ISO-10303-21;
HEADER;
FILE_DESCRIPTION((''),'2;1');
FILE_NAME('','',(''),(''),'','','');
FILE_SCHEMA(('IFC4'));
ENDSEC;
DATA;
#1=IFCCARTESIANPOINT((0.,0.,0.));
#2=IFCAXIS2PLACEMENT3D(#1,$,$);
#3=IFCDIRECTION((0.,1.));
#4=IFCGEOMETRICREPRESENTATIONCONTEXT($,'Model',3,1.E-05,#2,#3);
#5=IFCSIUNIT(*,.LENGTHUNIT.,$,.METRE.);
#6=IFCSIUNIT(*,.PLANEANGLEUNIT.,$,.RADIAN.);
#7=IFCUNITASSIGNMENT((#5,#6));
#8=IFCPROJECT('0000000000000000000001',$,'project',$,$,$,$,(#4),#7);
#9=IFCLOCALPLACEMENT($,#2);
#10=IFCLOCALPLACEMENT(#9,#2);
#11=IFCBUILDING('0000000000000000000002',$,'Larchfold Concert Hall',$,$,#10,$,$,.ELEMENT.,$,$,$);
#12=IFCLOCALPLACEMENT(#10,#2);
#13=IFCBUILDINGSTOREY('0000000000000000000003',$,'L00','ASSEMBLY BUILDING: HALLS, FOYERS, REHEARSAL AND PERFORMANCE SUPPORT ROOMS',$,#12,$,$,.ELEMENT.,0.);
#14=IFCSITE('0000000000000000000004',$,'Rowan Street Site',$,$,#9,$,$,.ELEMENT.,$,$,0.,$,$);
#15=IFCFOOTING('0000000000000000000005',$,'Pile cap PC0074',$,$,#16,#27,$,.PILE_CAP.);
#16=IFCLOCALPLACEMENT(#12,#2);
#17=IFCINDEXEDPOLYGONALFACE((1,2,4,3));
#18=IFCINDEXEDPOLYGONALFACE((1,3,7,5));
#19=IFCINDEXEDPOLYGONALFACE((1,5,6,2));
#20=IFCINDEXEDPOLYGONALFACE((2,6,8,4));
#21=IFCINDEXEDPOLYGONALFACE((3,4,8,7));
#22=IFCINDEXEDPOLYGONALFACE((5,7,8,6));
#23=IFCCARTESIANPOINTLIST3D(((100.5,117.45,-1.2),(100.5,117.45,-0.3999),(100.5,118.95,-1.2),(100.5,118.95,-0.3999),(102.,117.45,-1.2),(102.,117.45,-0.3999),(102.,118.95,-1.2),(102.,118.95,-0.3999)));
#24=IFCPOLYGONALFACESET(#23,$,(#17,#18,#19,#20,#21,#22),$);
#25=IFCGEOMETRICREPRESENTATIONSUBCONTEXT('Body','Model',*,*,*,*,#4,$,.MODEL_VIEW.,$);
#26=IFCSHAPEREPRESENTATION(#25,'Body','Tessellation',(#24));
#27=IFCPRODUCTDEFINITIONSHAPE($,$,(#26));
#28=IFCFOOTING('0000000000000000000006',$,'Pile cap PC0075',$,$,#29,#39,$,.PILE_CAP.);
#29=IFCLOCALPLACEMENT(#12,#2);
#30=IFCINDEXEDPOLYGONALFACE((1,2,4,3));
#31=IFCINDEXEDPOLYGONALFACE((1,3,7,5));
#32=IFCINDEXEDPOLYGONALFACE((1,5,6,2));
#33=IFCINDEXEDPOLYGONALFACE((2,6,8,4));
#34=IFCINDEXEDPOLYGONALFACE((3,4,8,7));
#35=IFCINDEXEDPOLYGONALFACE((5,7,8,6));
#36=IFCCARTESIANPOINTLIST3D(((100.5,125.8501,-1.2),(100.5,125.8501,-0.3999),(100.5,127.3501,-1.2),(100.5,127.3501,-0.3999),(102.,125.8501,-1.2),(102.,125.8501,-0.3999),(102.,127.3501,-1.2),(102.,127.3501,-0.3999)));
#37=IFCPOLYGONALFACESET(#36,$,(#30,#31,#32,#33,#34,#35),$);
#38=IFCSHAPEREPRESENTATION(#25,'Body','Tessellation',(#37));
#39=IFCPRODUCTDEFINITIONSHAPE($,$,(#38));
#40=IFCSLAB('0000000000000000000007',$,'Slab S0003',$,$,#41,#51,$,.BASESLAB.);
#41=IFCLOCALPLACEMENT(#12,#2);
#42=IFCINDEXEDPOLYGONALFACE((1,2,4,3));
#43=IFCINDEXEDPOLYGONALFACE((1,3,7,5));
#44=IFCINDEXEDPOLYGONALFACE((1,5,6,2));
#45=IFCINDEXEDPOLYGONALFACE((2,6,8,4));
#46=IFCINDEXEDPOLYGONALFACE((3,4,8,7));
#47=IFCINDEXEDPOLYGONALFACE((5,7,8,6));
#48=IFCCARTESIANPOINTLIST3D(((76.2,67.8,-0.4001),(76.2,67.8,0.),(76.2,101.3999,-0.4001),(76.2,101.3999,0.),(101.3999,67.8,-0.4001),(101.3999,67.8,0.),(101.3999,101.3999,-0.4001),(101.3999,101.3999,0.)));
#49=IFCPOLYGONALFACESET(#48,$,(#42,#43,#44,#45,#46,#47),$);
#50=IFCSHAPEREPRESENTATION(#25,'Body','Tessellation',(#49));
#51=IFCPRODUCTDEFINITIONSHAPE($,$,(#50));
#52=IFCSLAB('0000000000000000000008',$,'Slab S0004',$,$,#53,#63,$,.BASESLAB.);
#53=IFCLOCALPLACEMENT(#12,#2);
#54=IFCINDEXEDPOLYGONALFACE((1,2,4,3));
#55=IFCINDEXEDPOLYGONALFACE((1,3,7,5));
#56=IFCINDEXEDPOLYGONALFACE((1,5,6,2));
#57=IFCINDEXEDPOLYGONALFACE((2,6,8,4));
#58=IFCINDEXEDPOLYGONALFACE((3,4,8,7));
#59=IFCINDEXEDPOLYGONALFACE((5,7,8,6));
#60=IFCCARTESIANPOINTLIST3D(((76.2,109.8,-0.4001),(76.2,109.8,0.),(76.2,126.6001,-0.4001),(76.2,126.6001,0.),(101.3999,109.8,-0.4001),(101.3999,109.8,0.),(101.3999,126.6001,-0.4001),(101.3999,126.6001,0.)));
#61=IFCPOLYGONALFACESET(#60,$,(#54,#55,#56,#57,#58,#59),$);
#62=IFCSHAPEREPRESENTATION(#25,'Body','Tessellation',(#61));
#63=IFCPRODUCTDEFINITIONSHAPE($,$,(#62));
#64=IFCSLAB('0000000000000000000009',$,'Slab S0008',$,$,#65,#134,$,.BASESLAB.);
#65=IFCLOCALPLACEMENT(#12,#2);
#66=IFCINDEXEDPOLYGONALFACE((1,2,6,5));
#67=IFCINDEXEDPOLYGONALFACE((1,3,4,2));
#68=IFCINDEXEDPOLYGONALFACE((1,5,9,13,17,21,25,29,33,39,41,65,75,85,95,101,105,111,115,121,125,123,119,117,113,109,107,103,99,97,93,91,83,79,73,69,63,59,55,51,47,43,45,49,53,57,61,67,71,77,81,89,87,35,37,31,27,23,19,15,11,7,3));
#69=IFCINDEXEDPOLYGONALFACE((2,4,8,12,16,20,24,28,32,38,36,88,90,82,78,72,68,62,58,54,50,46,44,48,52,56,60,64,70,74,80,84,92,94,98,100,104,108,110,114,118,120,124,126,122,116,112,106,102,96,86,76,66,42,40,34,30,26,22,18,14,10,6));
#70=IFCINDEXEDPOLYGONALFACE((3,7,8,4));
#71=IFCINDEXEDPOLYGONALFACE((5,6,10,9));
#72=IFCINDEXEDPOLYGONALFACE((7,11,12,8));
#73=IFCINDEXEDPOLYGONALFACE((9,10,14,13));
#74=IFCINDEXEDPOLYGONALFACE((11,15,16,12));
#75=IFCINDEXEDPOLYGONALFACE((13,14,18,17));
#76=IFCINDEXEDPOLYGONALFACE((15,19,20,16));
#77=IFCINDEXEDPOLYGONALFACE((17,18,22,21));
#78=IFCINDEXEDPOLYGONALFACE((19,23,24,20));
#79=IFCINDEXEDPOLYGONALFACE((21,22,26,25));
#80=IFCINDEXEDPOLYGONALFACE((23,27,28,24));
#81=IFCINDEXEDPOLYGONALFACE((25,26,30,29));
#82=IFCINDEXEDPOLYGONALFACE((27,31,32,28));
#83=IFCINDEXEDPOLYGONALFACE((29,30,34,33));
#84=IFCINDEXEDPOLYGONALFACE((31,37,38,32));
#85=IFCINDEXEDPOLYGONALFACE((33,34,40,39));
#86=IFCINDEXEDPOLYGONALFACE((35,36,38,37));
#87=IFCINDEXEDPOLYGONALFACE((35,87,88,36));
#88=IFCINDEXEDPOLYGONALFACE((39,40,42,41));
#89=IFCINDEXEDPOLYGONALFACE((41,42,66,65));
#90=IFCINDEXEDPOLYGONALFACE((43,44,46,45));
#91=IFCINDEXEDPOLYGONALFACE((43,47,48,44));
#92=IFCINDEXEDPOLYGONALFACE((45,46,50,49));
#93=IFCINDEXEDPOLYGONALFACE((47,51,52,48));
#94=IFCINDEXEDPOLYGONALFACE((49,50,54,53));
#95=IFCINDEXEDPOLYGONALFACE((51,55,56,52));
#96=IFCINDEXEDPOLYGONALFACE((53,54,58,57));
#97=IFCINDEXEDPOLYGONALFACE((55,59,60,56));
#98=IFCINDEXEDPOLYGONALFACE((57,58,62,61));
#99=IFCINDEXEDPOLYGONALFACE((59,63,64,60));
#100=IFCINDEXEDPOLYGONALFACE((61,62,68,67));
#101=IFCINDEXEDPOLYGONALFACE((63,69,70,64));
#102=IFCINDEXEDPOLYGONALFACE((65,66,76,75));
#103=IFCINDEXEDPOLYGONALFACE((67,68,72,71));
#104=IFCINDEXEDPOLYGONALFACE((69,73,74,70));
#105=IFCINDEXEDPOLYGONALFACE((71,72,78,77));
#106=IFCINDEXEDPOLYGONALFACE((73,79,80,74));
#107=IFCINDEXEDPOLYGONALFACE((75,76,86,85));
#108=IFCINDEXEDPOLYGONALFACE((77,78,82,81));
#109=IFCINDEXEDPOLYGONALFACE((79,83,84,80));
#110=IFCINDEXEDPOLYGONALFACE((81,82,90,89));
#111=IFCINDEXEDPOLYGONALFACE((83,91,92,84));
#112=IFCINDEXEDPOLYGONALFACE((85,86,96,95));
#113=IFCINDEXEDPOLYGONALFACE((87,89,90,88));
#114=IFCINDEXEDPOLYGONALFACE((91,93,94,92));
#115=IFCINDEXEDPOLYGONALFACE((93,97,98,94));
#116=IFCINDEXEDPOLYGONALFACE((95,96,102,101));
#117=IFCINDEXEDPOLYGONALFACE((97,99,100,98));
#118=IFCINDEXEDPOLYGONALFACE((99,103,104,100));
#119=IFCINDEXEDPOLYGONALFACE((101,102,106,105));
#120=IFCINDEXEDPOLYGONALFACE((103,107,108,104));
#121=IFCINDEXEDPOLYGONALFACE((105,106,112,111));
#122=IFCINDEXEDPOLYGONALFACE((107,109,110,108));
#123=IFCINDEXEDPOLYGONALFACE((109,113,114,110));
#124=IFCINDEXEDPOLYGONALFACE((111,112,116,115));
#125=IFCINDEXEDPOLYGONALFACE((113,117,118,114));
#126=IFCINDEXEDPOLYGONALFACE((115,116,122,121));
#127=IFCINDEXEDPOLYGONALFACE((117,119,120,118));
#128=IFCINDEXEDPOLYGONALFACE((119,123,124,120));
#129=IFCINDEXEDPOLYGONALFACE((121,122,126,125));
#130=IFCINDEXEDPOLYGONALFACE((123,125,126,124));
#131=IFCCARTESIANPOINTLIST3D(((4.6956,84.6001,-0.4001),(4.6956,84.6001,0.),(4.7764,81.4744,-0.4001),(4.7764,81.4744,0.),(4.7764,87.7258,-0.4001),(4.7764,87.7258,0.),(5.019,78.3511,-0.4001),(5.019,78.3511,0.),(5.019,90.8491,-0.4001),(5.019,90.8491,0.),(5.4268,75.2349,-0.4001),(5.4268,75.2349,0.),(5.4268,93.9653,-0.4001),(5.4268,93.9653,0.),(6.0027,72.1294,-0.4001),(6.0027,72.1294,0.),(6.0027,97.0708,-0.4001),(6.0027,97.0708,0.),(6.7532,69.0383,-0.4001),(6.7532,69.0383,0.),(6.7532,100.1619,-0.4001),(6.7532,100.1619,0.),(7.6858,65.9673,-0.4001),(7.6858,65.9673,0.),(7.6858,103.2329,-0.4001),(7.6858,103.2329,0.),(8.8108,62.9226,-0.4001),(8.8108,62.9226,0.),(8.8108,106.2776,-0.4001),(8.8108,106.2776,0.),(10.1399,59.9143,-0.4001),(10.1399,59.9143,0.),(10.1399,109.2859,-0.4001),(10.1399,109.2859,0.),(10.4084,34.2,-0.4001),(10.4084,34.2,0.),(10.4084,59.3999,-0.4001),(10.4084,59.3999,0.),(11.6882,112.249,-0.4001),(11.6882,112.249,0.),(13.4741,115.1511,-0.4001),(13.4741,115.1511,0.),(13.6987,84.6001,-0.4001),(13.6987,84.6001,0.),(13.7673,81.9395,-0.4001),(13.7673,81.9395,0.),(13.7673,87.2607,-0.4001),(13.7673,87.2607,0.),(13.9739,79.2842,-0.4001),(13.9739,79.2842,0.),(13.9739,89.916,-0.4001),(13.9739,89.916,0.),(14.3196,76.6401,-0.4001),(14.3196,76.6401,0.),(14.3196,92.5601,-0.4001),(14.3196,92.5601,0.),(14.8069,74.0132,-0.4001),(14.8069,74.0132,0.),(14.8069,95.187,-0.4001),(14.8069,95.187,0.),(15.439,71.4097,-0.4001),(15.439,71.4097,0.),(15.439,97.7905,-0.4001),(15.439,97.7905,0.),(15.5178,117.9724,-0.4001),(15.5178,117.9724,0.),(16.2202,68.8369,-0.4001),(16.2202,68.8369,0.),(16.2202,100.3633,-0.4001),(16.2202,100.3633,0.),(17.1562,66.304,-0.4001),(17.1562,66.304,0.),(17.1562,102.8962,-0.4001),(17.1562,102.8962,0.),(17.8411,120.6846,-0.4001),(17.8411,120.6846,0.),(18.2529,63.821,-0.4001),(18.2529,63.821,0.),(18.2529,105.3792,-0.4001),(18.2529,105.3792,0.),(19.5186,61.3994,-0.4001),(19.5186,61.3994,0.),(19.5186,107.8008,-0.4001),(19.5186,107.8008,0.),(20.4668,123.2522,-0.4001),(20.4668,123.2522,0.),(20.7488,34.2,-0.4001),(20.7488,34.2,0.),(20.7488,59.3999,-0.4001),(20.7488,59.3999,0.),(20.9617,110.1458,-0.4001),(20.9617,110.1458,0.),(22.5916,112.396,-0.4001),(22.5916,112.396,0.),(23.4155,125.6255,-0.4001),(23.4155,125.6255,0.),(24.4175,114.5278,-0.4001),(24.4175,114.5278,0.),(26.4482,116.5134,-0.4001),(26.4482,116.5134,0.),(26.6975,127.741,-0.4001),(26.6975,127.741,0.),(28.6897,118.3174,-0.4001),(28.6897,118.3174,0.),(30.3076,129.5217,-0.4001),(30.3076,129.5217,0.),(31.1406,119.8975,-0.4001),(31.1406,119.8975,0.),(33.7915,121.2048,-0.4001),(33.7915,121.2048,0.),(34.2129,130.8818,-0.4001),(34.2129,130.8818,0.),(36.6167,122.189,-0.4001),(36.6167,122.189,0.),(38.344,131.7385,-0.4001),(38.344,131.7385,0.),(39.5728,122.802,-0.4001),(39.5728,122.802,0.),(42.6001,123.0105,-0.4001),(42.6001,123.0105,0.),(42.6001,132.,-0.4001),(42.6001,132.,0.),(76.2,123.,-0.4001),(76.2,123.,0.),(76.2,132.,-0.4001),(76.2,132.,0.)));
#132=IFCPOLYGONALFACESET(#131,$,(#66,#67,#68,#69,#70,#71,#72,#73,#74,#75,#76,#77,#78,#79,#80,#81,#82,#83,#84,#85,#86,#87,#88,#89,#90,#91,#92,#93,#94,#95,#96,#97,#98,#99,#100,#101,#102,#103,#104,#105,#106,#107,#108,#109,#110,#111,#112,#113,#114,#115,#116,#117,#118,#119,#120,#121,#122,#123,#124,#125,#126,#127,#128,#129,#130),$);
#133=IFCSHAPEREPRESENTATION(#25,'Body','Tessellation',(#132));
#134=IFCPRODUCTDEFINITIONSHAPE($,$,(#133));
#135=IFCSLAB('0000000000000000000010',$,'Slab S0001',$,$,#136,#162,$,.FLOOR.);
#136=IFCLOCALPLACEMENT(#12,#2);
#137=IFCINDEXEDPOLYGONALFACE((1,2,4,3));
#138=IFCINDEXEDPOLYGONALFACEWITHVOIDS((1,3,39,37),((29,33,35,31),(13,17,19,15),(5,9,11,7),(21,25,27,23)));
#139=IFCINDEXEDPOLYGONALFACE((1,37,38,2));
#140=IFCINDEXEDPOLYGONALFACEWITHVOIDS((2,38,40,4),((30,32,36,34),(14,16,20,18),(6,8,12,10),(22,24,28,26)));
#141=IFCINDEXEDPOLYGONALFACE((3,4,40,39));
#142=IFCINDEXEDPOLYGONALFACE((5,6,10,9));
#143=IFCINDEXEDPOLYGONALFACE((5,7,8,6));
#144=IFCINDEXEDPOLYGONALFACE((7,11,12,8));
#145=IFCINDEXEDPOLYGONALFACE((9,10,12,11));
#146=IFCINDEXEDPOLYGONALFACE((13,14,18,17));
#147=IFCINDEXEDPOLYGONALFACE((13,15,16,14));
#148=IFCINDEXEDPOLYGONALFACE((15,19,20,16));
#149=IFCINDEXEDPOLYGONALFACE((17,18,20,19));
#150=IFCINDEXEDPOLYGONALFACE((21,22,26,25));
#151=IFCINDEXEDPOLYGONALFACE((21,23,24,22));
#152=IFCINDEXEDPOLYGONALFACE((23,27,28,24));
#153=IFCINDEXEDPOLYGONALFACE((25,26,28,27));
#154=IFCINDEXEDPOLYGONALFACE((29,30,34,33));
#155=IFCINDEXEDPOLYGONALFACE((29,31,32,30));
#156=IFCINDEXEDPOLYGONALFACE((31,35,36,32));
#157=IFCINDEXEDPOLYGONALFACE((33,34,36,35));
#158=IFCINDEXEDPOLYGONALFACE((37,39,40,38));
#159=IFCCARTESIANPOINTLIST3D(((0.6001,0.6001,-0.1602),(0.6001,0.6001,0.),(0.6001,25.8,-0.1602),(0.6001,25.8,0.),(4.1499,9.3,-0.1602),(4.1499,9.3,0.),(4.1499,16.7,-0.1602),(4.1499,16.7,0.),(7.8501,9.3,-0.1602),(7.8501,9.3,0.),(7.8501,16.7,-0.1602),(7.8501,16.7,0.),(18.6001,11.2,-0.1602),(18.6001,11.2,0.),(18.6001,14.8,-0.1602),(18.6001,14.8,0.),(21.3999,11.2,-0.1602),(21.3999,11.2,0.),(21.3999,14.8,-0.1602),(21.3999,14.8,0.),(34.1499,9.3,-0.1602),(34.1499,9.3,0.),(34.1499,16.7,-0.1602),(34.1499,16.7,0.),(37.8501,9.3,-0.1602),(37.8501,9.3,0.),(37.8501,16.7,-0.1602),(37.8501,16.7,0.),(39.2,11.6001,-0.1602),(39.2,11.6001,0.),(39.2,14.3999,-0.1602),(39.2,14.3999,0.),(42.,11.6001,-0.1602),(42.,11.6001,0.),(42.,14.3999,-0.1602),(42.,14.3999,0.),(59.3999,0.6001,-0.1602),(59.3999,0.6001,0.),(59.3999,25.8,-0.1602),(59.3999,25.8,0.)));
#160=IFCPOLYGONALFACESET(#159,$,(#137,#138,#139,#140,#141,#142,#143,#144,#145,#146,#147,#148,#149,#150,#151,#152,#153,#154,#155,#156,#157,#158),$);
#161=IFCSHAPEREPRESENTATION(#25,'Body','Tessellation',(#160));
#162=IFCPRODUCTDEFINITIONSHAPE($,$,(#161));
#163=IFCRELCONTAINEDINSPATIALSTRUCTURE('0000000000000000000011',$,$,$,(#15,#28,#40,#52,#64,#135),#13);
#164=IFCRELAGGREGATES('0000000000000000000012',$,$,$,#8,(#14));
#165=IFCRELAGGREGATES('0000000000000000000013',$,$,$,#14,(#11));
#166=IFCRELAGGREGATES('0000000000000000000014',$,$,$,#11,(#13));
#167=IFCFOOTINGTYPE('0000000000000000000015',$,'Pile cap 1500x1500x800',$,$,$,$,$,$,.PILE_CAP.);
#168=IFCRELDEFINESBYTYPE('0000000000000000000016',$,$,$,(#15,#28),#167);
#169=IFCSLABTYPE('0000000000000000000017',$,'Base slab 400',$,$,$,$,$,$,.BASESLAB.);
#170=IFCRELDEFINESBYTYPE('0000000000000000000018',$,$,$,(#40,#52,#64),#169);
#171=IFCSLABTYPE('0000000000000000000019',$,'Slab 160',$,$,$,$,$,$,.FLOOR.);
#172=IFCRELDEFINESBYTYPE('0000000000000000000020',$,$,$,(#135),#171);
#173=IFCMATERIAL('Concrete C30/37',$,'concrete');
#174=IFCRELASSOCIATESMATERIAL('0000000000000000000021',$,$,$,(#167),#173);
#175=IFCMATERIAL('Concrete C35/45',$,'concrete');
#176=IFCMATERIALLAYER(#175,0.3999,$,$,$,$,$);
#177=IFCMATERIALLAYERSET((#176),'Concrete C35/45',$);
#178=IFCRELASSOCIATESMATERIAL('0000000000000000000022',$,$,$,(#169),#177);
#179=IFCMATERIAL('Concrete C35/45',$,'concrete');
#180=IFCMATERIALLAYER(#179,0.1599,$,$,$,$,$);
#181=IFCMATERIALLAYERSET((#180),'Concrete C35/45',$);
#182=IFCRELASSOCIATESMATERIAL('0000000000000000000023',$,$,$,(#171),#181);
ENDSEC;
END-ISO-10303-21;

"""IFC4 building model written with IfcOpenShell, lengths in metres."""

from ifc_helpers import new_model, si_unit, direction, frame, origin, place, context, subcontext, project, spatial, polyline, outline, extrude, material, layer, layer_set, type_object, element, save


model = new_model("IFC4")

# Units and contexts
model_context = context("Model", 3, precision=1e-05, world=origin(), true_north=direction((0.0, 1.0)))
body_context = subcontext(model_context, "Body", "Model", "MODEL_VIEW")
ifc_project = project(units=[si_unit("LENGTHUNIT", "METRE"), si_unit("PLANEANGLEUNIT", "RADIAN")], contexts=[model_context])

# Site, building, storey
site_placement = place(None, origin())
site = spatial("IfcSite", under=ifc_project, at=site_placement, Name="Rowan Street Site", CompositionType="ELEMENT", RefElevation=0.0)
building_placement = place(site_placement, origin())
building = spatial("IfcBuilding", under=site, at=building_placement, Name="Larchfold Concert Hall", CompositionType="ELEMENT")
storey_placement = place(building_placement, origin())
storey = spatial("IfcBuildingStorey", under=building, at=storey_placement, Name="L00", Description="ASSEMBLY BUILDING: HALLS, FOYERS, REHEARSAL AND PERFORMANCE SUPPORT ROOMS", CompositionType="ELEMENT", Elevation=0.0)

# Footings
ifc_material_1 = material(Name="Concrete C30/37", Category="concrete")
footing_type = type_object("IfcFootingType", Name="Pile cap 1500x1500x800", PredefinedType="PILE_CAP", material=ifc_material_1)
footing_1_placement = place(storey_placement, frame((0.0, 0.0, -1.2)))
element("IfcFooting", 1, at=footing_1_placement, inside=storey, type_object=footing_type, Name="Pile cap PC0074", PredefinedType="PILE_CAP", context=body_context, shape_type="SweptSolid", body=[
    extrude(outline(polyline([(102.0, 117.45), (102.0, 118.95), (100.5, 118.95), (100.5, 117.45), (102.0, 117.45)])), origin(), (0.0, 0.0, 1.0), 0.8),
])
footing_2_placement = place(storey_placement, frame((0.0, 0.0, -1.2)))
element("IfcFooting", 2, at=footing_2_placement, inside=storey, type_object=footing_type, Name="Pile cap PC0075", PredefinedType="PILE_CAP", context=body_context, shape_type="SweptSolid", body=[
    extrude(outline(polyline([(102.0, 125.8501), (102.0, 127.3501), (100.5, 127.3501), (100.5, 125.8501), (102.0, 125.8501)])), origin(), (0.0, 0.0, 1.0), 0.8),
])

# Slabs
ifc_material_2 = material(Name="Concrete C35/45", Category="concrete")
ifc_layer_1 = layer(ifc_material_2, 0.3999)
ifc_layer_set_1 = layer_set([ifc_layer_1], Name="Concrete C35/45")
slab_type_1 = type_object("IfcSlabType", Name="Base slab 400", PredefinedType="BASESLAB", material=ifc_layer_set_1)
slab_1_placement = place(storey_placement, frame((0.0, 0.0, -0.4001)))
element("IfcSlab", 3, at=slab_1_placement, inside=storey, type_object=slab_type_1, Name="Slab S0003", PredefinedType="BASESLAB", context=body_context, shape_type="SweptSolid", body=[
    extrude(outline(polyline([(101.3999, 67.8), (101.3999, 101.3999), (76.2, 101.3999), (76.2, 67.8), (101.3999, 67.8)])), origin(), (0.0, 0.0, 1.0), 0.4001),
])
slab_2_placement = place(storey_placement, frame((0.0, 0.0, -0.4001)))
element("IfcSlab", 4, at=slab_2_placement, inside=storey, type_object=slab_type_1, Name="Slab S0004", PredefinedType="BASESLAB", context=body_context, shape_type="SweptSolid", body=[
    extrude(outline(polyline([(101.3999, 109.8), (101.3999, 126.6001), (76.2, 126.6001), (76.2, 109.8), (101.3999, 109.8)])), origin(), (0.0, 0.0, 1.0), 0.4001),
])
slab_3_placement = place(storey_placement, frame((0.0, 0.0, -0.4001)))
element("IfcSlab", 5, at=slab_3_placement, inside=storey, type_object=slab_type_1, Name="Slab S0008", PredefinedType="BASESLAB", context=body_context, shape_type="SweptSolid", body=[
    extrude(outline(polyline([(20.7488, 59.3999), (19.5186, 61.3994), (18.2529, 63.821), (17.1562, 66.304), (16.2202, 68.8369), (15.439, 71.4097), (14.8069, 74.0132), (14.3196, 76.6401), (13.9739, 79.2842), (13.7673, 81.9395), (13.6987, 84.6001), (13.7673, 87.2607), (13.9739, 89.916), (14.3196, 92.5601), (14.8069, 95.187), (15.439, 97.7905), (16.2202, 100.3633), (17.1562, 102.8962), (18.2529, 105.3792), (19.5186, 107.8008), (20.9617, 110.1458), (22.5916, 112.396), (24.4175, 114.5278), (26.4482, 116.5134), (28.6897, 118.3174), (31.1406, 119.8975), (33.7915, 121.2048), (36.6167, 122.189), (39.5728, 122.802), (42.6001, 123.0105), (76.2, 123.0), (76.2, 132.0), (42.6001, 132.0), (38.344, 131.7385), (34.2129, 130.8818), (30.3076, 129.5217), (26.6975, 127.741), (23.4155, 125.6255), (20.4668, 123.2522), (17.8411, 120.6846), (15.5178, 117.9724), (13.4741, 115.1511), (11.6882, 112.249), (10.1399, 109.2859), (8.8108, 106.2776), (7.6858, 103.2329), (6.7532, 100.1619), (6.0027, 97.0708), (5.4268, 93.9653), (5.019, 90.8491), (4.7764, 87.7258), (4.6956, 84.6001), (4.7764, 81.4744), (5.019, 78.3511), (5.4268, 75.2349), (6.0027, 72.1294), (6.7532, 69.0383), (7.6858, 65.9673), (8.8108, 62.9226), (10.1399, 59.9143), (10.4084, 59.3999), (10.4084, 34.2), (20.7488, 34.2), (20.7488, 59.3999)])), origin(), (0.0, 0.0, 1.0), 0.4001),
])
ifc_material_3 = material(Name="Concrete C35/45", Category="concrete")
ifc_layer_2 = layer(ifc_material_3, 0.1599)
ifc_layer_set_2 = layer_set([ifc_layer_2], Name="Concrete C35/45")
slab_type_2 = type_object("IfcSlabType", Name="Slab 160", PredefinedType="FLOOR", material=ifc_layer_set_2)
slab_4_placement = place(storey_placement, frame((0.0, 0.0, -0.1602)))
element("IfcSlab", 6, at=slab_4_placement, inside=storey, type_object=slab_type_2, Name="Slab S0001", PredefinedType="FLOOR", context=body_context, shape_type="SweptSolid", body=[
    extrude(outline(polyline([(0.6001, 0.6001), (59.3999, 0.6001), (59.3999, 25.8), (0.6001, 25.8), (0.6001, 0.6001)]), holes=[polyline([(4.1499, 9.3), (4.1499, 16.7), (7.8501, 16.7), (7.8501, 9.3), (4.1499, 9.3)]), polyline([(18.6001, 11.2), (18.6001, 14.8), (21.3999, 14.8), (21.3999, 11.2), (18.6001, 11.2)]), polyline([(34.1499, 9.3), (34.1499, 16.7), (37.8501, 16.7), (37.8501, 9.3), (34.1499, 9.3)]), polyline([(39.2, 11.6001), (39.2, 14.3999), (42.0, 14.3999), (42.0, 11.6001), (39.2, 11.6001)])]), origin(), (0.0, 0.0, 1.0), 0.1602),
])

save(model, "model.ifc")
